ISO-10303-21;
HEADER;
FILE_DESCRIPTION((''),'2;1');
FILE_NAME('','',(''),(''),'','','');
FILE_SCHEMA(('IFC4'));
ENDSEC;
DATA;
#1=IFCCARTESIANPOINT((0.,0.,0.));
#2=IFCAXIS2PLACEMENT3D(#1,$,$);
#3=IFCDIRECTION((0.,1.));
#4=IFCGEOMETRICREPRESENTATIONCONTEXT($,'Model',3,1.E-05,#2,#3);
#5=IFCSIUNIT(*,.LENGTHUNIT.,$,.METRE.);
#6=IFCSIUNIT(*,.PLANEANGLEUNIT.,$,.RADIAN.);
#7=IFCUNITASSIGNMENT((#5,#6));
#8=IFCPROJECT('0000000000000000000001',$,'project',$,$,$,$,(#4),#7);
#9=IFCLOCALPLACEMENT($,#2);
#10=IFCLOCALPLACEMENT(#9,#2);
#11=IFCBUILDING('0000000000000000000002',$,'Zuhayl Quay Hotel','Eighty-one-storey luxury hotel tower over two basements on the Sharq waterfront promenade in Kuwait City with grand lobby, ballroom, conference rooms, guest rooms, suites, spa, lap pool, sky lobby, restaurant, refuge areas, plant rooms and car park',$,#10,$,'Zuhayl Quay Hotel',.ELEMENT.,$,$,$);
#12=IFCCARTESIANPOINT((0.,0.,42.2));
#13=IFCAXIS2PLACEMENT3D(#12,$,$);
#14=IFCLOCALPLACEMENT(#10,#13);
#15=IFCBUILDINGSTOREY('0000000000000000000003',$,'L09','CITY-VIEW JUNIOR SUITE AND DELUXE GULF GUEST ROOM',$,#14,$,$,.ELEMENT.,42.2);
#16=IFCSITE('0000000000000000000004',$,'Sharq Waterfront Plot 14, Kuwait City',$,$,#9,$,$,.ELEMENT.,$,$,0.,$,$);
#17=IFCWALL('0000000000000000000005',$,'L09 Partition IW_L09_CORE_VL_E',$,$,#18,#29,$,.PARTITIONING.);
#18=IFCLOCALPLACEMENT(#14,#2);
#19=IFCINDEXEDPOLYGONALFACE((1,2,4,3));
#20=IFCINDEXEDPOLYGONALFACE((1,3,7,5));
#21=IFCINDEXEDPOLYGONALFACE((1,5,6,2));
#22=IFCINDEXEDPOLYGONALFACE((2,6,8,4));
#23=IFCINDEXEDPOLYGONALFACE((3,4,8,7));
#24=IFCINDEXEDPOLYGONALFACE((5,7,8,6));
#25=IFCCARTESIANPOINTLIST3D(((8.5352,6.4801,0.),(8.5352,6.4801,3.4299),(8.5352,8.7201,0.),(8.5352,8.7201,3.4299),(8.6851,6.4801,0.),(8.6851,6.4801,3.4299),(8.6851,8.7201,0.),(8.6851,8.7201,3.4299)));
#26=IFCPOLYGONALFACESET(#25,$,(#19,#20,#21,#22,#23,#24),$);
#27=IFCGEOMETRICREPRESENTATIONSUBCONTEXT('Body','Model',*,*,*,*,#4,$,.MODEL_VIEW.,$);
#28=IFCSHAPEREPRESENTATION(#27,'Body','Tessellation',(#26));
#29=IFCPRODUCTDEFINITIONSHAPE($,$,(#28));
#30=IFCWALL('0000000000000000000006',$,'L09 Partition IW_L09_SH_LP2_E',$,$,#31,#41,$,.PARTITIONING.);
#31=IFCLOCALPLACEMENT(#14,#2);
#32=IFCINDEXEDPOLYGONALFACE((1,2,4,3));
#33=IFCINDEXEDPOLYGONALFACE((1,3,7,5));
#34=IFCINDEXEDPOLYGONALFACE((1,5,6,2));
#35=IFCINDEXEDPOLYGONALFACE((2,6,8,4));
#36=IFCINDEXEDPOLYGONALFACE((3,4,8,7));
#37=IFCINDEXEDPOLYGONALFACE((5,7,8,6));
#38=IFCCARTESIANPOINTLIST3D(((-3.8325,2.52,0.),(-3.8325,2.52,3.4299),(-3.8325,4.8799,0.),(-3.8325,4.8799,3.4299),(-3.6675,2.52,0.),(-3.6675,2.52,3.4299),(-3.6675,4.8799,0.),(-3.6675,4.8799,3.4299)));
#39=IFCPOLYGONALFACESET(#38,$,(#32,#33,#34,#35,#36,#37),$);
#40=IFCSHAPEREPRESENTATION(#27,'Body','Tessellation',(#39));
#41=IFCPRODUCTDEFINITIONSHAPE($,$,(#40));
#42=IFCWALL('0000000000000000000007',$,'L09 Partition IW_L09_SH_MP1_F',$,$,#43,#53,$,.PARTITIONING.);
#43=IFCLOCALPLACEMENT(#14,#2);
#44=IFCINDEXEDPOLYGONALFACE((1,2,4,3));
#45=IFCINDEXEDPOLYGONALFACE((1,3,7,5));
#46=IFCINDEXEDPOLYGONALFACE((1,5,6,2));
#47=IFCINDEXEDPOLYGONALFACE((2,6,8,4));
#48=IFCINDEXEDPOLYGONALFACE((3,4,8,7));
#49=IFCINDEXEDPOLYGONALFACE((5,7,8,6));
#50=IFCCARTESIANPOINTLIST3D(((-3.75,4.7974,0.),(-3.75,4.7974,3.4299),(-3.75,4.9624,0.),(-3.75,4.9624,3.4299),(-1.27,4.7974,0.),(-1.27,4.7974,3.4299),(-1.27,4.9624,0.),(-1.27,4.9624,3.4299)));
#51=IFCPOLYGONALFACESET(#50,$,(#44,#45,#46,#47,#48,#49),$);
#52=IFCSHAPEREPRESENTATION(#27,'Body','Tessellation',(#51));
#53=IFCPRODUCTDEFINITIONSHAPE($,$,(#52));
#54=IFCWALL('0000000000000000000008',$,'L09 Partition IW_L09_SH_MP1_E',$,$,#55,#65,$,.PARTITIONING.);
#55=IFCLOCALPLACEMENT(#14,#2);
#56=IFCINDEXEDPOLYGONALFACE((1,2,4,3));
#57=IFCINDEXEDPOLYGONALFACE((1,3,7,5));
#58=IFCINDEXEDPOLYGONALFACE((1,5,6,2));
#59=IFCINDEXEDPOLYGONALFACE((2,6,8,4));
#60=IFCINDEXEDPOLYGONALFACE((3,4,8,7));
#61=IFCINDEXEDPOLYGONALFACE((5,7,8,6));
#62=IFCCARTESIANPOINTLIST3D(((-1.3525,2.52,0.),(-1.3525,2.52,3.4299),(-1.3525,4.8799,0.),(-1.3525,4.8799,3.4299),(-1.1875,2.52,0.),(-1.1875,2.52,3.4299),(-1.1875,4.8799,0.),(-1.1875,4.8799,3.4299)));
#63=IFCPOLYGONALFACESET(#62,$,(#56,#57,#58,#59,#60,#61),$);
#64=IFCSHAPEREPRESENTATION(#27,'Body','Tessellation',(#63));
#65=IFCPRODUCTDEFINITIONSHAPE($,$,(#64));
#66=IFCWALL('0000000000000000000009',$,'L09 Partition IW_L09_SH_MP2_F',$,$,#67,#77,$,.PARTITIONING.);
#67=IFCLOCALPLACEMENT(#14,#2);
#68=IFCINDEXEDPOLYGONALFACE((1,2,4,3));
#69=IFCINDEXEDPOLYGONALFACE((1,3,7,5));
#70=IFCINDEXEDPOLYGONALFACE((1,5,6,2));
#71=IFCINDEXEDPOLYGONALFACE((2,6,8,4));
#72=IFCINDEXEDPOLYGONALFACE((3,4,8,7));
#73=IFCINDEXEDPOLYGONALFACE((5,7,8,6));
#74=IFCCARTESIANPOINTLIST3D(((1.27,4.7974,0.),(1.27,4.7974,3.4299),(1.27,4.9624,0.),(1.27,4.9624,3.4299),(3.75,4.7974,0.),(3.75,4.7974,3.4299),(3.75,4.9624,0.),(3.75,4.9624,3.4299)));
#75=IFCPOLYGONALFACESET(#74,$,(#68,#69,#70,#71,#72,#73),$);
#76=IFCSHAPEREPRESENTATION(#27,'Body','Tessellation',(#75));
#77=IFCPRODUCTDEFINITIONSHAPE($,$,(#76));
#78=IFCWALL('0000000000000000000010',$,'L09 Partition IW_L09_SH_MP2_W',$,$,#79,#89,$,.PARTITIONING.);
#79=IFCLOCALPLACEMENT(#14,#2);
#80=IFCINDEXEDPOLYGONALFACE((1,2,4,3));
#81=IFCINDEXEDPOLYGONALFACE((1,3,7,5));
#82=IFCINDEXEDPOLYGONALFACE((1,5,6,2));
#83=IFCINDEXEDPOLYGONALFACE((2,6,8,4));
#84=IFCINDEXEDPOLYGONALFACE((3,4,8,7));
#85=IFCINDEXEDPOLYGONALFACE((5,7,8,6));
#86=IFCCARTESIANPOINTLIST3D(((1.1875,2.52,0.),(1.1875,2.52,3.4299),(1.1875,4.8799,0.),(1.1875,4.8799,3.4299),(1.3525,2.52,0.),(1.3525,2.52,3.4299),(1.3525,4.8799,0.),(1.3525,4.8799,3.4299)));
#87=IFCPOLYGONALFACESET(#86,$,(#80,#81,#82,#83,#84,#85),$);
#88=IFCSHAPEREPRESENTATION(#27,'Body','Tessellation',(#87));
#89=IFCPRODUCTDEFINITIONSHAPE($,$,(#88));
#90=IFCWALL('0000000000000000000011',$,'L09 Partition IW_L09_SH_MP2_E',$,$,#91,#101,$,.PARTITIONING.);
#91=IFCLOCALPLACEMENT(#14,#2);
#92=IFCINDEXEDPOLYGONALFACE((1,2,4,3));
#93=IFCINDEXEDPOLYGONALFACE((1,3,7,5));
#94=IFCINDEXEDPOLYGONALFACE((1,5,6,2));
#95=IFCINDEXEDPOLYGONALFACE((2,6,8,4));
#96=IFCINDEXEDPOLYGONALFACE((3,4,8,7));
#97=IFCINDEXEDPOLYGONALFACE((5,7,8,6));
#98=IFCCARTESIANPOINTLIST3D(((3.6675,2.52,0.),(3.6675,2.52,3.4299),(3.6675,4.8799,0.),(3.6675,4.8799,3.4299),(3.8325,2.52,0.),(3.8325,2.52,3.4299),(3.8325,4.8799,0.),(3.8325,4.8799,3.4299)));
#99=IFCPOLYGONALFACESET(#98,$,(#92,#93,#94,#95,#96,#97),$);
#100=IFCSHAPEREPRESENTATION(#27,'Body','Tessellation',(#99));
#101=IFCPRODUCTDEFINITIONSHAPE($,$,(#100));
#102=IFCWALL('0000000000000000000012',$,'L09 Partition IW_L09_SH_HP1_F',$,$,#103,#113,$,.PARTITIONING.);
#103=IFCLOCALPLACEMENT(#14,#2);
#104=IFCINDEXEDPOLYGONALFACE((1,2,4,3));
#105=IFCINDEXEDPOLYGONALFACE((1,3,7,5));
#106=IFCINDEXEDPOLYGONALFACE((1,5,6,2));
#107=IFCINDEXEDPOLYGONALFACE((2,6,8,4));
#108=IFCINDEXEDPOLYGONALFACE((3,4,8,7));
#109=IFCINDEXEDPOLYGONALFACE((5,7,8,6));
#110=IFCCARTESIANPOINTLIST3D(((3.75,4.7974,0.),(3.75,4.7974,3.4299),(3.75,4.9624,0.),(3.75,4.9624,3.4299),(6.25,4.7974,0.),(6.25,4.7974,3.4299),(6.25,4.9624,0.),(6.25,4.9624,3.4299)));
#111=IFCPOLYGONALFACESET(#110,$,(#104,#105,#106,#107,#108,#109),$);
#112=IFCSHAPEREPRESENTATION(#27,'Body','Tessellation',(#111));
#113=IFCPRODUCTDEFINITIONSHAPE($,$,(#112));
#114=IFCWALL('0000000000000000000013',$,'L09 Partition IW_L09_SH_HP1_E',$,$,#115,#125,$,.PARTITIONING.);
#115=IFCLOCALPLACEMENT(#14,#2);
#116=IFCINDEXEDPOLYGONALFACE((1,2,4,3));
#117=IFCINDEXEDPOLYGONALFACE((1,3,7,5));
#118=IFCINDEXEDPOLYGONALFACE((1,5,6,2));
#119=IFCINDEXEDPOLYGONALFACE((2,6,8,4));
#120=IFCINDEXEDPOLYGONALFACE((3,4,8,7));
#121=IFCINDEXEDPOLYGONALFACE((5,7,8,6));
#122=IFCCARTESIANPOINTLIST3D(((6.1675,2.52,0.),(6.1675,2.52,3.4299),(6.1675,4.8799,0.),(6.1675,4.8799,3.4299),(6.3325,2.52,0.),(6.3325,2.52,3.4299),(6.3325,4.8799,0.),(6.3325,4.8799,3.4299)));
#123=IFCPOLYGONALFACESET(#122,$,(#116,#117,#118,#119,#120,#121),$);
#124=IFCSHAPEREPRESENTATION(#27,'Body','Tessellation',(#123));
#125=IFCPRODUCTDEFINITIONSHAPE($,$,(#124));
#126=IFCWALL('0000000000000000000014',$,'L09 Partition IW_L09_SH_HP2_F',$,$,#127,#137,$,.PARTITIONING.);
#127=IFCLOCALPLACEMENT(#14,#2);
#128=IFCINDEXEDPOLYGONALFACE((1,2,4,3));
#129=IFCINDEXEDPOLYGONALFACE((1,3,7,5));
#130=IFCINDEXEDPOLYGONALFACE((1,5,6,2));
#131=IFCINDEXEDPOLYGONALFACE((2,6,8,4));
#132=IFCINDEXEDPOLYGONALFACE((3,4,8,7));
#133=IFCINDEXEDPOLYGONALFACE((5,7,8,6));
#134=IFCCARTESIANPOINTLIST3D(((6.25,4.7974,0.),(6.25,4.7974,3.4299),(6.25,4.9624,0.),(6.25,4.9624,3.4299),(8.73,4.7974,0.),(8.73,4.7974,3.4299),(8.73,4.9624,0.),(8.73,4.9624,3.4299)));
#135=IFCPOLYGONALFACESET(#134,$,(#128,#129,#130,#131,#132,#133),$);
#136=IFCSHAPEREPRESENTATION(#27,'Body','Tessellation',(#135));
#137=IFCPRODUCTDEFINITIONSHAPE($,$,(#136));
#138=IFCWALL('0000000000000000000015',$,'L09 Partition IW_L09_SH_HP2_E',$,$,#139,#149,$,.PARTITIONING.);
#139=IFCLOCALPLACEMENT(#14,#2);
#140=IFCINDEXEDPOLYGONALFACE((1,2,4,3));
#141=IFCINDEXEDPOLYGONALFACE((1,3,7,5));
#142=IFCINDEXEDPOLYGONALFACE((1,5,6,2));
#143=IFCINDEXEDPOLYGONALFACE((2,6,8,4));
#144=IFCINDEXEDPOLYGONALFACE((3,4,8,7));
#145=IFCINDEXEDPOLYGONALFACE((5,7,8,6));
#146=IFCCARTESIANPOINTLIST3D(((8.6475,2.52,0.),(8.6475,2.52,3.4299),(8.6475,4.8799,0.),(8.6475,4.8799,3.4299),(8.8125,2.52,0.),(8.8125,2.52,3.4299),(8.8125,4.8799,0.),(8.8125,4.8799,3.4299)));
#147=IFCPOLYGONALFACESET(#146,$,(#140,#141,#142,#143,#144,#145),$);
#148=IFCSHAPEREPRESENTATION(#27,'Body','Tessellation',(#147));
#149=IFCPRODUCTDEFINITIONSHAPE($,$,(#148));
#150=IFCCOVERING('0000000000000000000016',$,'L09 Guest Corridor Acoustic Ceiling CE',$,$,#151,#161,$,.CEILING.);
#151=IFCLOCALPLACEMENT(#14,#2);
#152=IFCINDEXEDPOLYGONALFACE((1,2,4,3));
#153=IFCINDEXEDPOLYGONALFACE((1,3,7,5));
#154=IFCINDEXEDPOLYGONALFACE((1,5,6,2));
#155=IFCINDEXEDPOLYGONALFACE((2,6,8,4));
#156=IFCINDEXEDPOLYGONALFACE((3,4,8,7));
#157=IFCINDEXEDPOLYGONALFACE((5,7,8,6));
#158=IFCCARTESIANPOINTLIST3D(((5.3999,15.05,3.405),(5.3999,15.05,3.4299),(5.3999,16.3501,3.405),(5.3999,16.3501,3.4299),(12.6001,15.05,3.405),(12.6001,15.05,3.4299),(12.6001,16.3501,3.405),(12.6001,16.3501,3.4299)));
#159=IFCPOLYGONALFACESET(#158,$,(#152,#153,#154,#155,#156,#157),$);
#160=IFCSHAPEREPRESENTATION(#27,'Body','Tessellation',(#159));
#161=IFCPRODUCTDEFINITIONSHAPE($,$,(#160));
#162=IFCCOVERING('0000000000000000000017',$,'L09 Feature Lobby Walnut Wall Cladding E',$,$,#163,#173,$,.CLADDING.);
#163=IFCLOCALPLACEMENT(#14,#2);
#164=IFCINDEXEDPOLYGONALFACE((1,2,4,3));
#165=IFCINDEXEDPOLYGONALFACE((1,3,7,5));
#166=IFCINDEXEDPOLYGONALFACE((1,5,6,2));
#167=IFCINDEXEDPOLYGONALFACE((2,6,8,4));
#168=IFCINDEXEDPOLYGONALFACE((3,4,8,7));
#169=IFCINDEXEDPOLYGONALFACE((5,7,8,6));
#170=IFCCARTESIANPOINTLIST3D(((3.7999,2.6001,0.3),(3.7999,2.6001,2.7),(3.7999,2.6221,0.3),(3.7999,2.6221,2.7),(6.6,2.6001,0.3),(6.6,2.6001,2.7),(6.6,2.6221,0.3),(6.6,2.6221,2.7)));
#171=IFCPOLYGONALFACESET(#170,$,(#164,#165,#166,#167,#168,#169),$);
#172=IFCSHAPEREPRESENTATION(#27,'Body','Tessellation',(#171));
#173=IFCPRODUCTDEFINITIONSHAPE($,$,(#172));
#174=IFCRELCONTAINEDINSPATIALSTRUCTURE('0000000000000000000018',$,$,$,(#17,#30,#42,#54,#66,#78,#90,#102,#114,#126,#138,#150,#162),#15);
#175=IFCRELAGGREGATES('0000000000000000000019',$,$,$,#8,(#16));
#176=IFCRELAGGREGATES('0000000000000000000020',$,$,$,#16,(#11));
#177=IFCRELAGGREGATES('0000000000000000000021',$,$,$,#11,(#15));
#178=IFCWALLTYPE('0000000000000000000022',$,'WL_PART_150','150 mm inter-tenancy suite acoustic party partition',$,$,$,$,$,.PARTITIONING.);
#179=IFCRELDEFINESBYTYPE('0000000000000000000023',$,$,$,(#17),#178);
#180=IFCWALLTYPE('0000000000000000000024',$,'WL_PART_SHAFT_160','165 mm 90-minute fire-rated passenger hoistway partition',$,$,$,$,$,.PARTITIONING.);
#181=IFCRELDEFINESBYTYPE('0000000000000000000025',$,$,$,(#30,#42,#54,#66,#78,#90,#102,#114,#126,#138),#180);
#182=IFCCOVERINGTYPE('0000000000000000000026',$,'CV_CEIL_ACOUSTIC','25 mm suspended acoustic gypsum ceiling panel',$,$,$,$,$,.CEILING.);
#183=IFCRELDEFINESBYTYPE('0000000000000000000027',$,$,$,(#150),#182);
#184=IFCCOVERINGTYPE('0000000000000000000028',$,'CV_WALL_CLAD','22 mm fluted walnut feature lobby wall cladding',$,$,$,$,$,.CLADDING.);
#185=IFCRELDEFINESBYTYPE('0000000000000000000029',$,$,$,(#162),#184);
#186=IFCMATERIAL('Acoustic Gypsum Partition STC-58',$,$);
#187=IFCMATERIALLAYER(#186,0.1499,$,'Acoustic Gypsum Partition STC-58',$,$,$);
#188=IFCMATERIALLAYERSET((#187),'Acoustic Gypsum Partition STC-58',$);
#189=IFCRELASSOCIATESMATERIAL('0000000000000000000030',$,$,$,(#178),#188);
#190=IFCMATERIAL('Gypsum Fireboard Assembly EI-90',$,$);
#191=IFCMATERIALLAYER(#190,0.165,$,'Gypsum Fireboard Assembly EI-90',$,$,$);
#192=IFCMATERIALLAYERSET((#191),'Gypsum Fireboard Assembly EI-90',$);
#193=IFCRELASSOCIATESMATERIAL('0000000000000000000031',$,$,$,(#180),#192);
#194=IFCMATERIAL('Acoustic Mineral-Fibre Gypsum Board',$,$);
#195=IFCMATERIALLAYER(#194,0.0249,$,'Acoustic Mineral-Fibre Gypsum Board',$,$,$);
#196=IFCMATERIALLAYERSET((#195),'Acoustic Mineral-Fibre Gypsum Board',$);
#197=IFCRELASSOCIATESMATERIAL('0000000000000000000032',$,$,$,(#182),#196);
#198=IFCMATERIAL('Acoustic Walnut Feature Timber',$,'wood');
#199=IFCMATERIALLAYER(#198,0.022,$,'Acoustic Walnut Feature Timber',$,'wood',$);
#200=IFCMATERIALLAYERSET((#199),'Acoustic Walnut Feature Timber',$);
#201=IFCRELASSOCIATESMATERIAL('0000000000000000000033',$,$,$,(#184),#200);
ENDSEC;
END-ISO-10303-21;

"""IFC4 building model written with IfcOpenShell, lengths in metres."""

from ifc_helpers import new_model, si_unit, direction, frame, frame_2d, origin, origin_2d, place, context, subcontext, project, spatial, polyline, rectangle, outline, extrude, material, layer, layer_set, type_object, element, save


model = new_model("IFC4")

# Units and contexts
model_context = context("Model", 3, precision=1e-05, world=origin(), true_north=direction((0.0, 1.0)))
body_context = subcontext(model_context, "Body", "Model", "MODEL_VIEW")
ifc_project = project(units=[si_unit("LENGTHUNIT", "METRE"), si_unit("PLANEANGLEUNIT", "RADIAN")], contexts=[model_context])

# Site, building, storey
site_placement = place(None, origin())
site = spatial("IfcSite", under=ifc_project, at=site_placement, Name="Sharq Waterfront Plot 14, Kuwait City", CompositionType="ELEMENT", RefElevation=0.0)
building_placement = place(site_placement, origin())
building = spatial("IfcBuilding", under=site, at=building_placement, Name="Zuhayl Quay Hotel", Description="Eighty-one-storey luxury hotel tower over two basements on the Sharq waterfront promenade in Kuwait City with grand lobby, ballroom, conference rooms, guest rooms, suites, spa, lap pool, sky lobby, restaurant, refuge areas, plant rooms and car park", LongName="Zuhayl Quay Hotel", CompositionType="ELEMENT")
storey_placement = place(building_placement, frame((0.0, 0.0, 42.2)))
storey = spatial("IfcBuildingStorey", under=building, at=storey_placement, Name="L09", Description="CITY-VIEW JUNIOR SUITE AND DELUXE GULF GUEST ROOM", CompositionType="ELEMENT", Elevation=42.2)

# Shared definitions
ifc_material_1 = material(Name="Acoustic Gypsum Partition STC-58")
ifc_layer_1 = layer(ifc_material_1, 0.1499, Name="Acoustic Gypsum Partition STC-58")
ifc_layer_set_1 = layer_set([ifc_layer_1], Name="Acoustic Gypsum Partition STC-58")
wall_type_1 = type_object("IfcWallType", Name="WL_PART_150", Description="150 mm inter-tenancy suite acoustic party partition", PredefinedType="PARTITIONING", material=ifc_layer_set_1)

# Walls
for number, where, z_axis, x_axis, name in (
    (1, (8.6101, 6.48, 0.0), (0.0, 0.0, 1.0), (0.0, 1.0, 0.0), "L09 Partition IW_L09_CORE_VL_E"),
):
    element("IfcWall", number, at=place(storey_placement, frame(where, z_axis=z_axis, x_axis=x_axis)), inside=storey, type_object=wall_type_1, Name=name, PredefinedType="PARTITIONING", context=body_context, shape_type="SweptSolid", body=[
        extrude(rectangle(XDim=2.24, YDim=0.1499, at=frame_2d((1.1201, 0.0))), origin(), (0.0, 0.0, 1.0), 3.4299),
    ])
ifc_material_2 = material(Name="Gypsum Fireboard Assembly EI-90")
ifc_layer_2 = layer(ifc_material_2, 0.165, Name="Gypsum Fireboard Assembly EI-90")
ifc_layer_set_2 = layer_set([ifc_layer_2], Name="Gypsum Fireboard Assembly EI-90")
wall_type_2 = type_object("IfcWallType", Name="WL_PART_SHAFT_160", Description="165 mm 90-minute fire-rated passenger hoistway partition", PredefinedType="PARTITIONING", material=ifc_layer_set_2)
wall_1_placement = place(storey_placement, frame((-3.75, 2.52, 0.0), z_axis=(0.0, 0.0, 1.0), x_axis=(0.0, 1.0, 0.0)))
element("IfcWall", 2, at=wall_1_placement, inside=storey, type_object=wall_type_2, Name="L09 Partition IW_L09_SH_LP2_E", PredefinedType="PARTITIONING", context=body_context, shape_type="SweptSolid", body=[
    extrude(rectangle(XDim=2.3599, YDim=0.165, at=frame_2d((1.1799, 0.0))), origin(), (0.0, 0.0, 1.0), 3.4299),
])
wall_2_placement = place(storey_placement, frame((-3.75, 4.8799, 0.0), z_axis=(0.0, 0.0, 1.0), x_axis=(1.0, 0.0, 0.0)))
element("IfcWall", 3, at=wall_2_placement, inside=storey, type_object=wall_type_2, Name="L09 Partition IW_L09_SH_MP1_F", PredefinedType="PARTITIONING", context=body_context, shape_type="SweptSolid", body=[
    extrude(rectangle(XDim=2.48, YDim=0.165, at=frame_2d((1.24, 0.0))), origin(), (0.0, 0.0, 1.0), 3.4299),
])
wall_3_placement = place(storey_placement, frame((-1.27, 2.52, 0.0), z_axis=(0.0, 0.0, 1.0), x_axis=(0.0, 1.0, 0.0)))
element("IfcWall", 4, at=wall_3_placement, inside=storey, type_object=wall_type_2, Name="L09 Partition IW_L09_SH_MP1_E", PredefinedType="PARTITIONING", context=body_context, shape_type="SweptSolid", body=[
    extrude(rectangle(XDim=2.3599, YDim=0.165, at=frame_2d((1.1799, 0.0))), origin(), (0.0, 0.0, 1.0), 3.4299),
])
wall_4_placement = place(storey_placement, frame((1.27, 4.8799, 0.0), z_axis=(0.0, 0.0, 1.0), x_axis=(1.0, 0.0, 0.0)))
element("IfcWall", 5, at=wall_4_placement, inside=storey, type_object=wall_type_2, Name="L09 Partition IW_L09_SH_MP2_F", PredefinedType="PARTITIONING", context=body_context, shape_type="SweptSolid", body=[
    extrude(rectangle(XDim=2.48, YDim=0.165, at=frame_2d((1.24, 0.0))), origin(), (0.0, 0.0, 1.0), 3.4299),
])
for number, where, z_axis, x_axis, name in (
    (6, (1.27, 2.52, 0.0), (0.0, 0.0, 1.0), (0.0, 1.0, 0.0), "L09 Partition IW_L09_SH_MP2_W"),
    (7, (3.75, 2.52, 0.0), (0.0, 0.0, 1.0), (0.0, 1.0, 0.0), "L09 Partition IW_L09_SH_MP2_E"),
):
    element("IfcWall", number, at=place(storey_placement, frame(where, z_axis=z_axis, x_axis=x_axis)), inside=storey, type_object=wall_type_2, Name=name, PredefinedType="PARTITIONING", context=body_context, shape_type="SweptSolid", body=[
        extrude(rectangle(XDim=2.3599, YDim=0.165, at=frame_2d((1.1799, 0.0))), origin(), (0.0, 0.0, 1.0), 3.4299),
    ])
wall_5_placement = place(storey_placement, frame((3.75, 4.8799, 0.0), z_axis=(0.0, 0.0, 1.0), x_axis=(1.0, 0.0, 0.0)))
element("IfcWall", 8, at=wall_5_placement, inside=storey, type_object=wall_type_2, Name="L09 Partition IW_L09_SH_HP1_F", PredefinedType="PARTITIONING", context=body_context, shape_type="SweptSolid", body=[
    extrude(rectangle(XDim=2.5, YDim=0.165, at=frame_2d((1.25, 0.0))), origin(), (0.0, 0.0, 1.0), 3.4299),
])
wall_6_placement = place(storey_placement, frame((6.25, 2.52, 0.0), z_axis=(0.0, 0.0, 1.0), x_axis=(0.0, 1.0, 0.0)))
element("IfcWall", 9, at=wall_6_placement, inside=storey, type_object=wall_type_2, Name="L09 Partition IW_L09_SH_HP1_E", PredefinedType="PARTITIONING", context=body_context, shape_type="SweptSolid", body=[
    extrude(rectangle(XDim=2.3599, YDim=0.165, at=frame_2d((1.1799, 0.0))), origin(), (0.0, 0.0, 1.0), 3.4299),
])
wall_7_placement = place(storey_placement, frame((6.25, 4.8799, 0.0), z_axis=(0.0, 0.0, 1.0), x_axis=(1.0, 0.0, 0.0)))
element("IfcWall", 10, at=wall_7_placement, inside=storey, type_object=wall_type_2, Name="L09 Partition IW_L09_SH_HP2_F", PredefinedType="PARTITIONING", context=body_context, shape_type="SweptSolid", body=[
    extrude(rectangle(XDim=2.48, YDim=0.165, at=frame_2d((1.24, 0.0))), origin(), (0.0, 0.0, 1.0), 3.4299),
])
wall_8_placement = place(storey_placement, frame((8.73, 2.52, 0.0), z_axis=(0.0, 0.0, 1.0), x_axis=(0.0, 1.0, 0.0)))
element("IfcWall", 11, at=wall_8_placement, inside=storey, type_object=wall_type_2, Name="L09 Partition IW_L09_SH_HP2_E", PredefinedType="PARTITIONING", context=body_context, shape_type="SweptSolid", body=[
    extrude(rectangle(XDim=2.3599, YDim=0.165, at=frame_2d((1.1799, 0.0))), origin(), (0.0, 0.0, 1.0), 3.4299),
])

# Coverings
ifc_material_3 = material(Name="Acoustic Mineral-Fibre Gypsum Board")
ifc_layer_3 = layer(ifc_material_3, 0.0249, Name="Acoustic Mineral-Fibre Gypsum Board")
ifc_layer_set_3 = layer_set([ifc_layer_3], Name="Acoustic Mineral-Fibre Gypsum Board")
covering_type_1 = type_object("IfcCoveringType", Name="CV_CEIL_ACOUSTIC", Description="25 mm suspended acoustic gypsum ceiling panel", PredefinedType="CEILING", material=ifc_layer_set_3)
covering_1_placement = place(storey_placement, frame((0.0, 0.0, 3.405)))
element("IfcCovering", 12, at=covering_1_placement, inside=storey, type_object=covering_type_1, Name="L09 Guest Corridor Acoustic Ceiling CE", PredefinedType="CEILING", context=body_context, shape_type="SweptSolid", body=[
    extrude(outline(polyline([(5.3999, 15.05), (12.6001, 15.05), (12.6001, 16.3501), (5.3999, 16.3501), (5.3999, 15.05)])), origin(), (0.0, 0.0, 1.0), 0.0249),
])
ifc_material_4 = material(Name="Acoustic Walnut Feature Timber", Category="wood")
ifc_layer_4 = layer(ifc_material_4, 0.022, Name="Acoustic Walnut Feature Timber", Category="wood")
ifc_layer_set_4 = layer_set([ifc_layer_4], Name="Acoustic Walnut Feature Timber")
covering_type_2 = type_object("IfcCoveringType", Name="CV_WALL_CLAD", Description="22 mm fluted walnut feature lobby wall cladding", PredefinedType="CLADDING", material=ifc_layer_set_4)
covering_2_placement = place(storey_placement, frame((5.2, 2.6111, 0.3), z_axis=(0.0, 0.0, 1.0), x_axis=(1.0, 0.0, 0.0)))
element("IfcCovering", 13, at=covering_2_placement, inside=storey, type_object=covering_type_2, Name="L09 Feature Lobby Walnut Wall Cladding E", PredefinedType="CLADDING", context=body_context, shape_type="SweptSolid", body=[
    extrude(rectangle(XDim=2.8, YDim=0.022, at=origin_2d()), origin(), (0.0, 0.0, 1.0), 2.3999),
])

save(model, "model.ifc")
